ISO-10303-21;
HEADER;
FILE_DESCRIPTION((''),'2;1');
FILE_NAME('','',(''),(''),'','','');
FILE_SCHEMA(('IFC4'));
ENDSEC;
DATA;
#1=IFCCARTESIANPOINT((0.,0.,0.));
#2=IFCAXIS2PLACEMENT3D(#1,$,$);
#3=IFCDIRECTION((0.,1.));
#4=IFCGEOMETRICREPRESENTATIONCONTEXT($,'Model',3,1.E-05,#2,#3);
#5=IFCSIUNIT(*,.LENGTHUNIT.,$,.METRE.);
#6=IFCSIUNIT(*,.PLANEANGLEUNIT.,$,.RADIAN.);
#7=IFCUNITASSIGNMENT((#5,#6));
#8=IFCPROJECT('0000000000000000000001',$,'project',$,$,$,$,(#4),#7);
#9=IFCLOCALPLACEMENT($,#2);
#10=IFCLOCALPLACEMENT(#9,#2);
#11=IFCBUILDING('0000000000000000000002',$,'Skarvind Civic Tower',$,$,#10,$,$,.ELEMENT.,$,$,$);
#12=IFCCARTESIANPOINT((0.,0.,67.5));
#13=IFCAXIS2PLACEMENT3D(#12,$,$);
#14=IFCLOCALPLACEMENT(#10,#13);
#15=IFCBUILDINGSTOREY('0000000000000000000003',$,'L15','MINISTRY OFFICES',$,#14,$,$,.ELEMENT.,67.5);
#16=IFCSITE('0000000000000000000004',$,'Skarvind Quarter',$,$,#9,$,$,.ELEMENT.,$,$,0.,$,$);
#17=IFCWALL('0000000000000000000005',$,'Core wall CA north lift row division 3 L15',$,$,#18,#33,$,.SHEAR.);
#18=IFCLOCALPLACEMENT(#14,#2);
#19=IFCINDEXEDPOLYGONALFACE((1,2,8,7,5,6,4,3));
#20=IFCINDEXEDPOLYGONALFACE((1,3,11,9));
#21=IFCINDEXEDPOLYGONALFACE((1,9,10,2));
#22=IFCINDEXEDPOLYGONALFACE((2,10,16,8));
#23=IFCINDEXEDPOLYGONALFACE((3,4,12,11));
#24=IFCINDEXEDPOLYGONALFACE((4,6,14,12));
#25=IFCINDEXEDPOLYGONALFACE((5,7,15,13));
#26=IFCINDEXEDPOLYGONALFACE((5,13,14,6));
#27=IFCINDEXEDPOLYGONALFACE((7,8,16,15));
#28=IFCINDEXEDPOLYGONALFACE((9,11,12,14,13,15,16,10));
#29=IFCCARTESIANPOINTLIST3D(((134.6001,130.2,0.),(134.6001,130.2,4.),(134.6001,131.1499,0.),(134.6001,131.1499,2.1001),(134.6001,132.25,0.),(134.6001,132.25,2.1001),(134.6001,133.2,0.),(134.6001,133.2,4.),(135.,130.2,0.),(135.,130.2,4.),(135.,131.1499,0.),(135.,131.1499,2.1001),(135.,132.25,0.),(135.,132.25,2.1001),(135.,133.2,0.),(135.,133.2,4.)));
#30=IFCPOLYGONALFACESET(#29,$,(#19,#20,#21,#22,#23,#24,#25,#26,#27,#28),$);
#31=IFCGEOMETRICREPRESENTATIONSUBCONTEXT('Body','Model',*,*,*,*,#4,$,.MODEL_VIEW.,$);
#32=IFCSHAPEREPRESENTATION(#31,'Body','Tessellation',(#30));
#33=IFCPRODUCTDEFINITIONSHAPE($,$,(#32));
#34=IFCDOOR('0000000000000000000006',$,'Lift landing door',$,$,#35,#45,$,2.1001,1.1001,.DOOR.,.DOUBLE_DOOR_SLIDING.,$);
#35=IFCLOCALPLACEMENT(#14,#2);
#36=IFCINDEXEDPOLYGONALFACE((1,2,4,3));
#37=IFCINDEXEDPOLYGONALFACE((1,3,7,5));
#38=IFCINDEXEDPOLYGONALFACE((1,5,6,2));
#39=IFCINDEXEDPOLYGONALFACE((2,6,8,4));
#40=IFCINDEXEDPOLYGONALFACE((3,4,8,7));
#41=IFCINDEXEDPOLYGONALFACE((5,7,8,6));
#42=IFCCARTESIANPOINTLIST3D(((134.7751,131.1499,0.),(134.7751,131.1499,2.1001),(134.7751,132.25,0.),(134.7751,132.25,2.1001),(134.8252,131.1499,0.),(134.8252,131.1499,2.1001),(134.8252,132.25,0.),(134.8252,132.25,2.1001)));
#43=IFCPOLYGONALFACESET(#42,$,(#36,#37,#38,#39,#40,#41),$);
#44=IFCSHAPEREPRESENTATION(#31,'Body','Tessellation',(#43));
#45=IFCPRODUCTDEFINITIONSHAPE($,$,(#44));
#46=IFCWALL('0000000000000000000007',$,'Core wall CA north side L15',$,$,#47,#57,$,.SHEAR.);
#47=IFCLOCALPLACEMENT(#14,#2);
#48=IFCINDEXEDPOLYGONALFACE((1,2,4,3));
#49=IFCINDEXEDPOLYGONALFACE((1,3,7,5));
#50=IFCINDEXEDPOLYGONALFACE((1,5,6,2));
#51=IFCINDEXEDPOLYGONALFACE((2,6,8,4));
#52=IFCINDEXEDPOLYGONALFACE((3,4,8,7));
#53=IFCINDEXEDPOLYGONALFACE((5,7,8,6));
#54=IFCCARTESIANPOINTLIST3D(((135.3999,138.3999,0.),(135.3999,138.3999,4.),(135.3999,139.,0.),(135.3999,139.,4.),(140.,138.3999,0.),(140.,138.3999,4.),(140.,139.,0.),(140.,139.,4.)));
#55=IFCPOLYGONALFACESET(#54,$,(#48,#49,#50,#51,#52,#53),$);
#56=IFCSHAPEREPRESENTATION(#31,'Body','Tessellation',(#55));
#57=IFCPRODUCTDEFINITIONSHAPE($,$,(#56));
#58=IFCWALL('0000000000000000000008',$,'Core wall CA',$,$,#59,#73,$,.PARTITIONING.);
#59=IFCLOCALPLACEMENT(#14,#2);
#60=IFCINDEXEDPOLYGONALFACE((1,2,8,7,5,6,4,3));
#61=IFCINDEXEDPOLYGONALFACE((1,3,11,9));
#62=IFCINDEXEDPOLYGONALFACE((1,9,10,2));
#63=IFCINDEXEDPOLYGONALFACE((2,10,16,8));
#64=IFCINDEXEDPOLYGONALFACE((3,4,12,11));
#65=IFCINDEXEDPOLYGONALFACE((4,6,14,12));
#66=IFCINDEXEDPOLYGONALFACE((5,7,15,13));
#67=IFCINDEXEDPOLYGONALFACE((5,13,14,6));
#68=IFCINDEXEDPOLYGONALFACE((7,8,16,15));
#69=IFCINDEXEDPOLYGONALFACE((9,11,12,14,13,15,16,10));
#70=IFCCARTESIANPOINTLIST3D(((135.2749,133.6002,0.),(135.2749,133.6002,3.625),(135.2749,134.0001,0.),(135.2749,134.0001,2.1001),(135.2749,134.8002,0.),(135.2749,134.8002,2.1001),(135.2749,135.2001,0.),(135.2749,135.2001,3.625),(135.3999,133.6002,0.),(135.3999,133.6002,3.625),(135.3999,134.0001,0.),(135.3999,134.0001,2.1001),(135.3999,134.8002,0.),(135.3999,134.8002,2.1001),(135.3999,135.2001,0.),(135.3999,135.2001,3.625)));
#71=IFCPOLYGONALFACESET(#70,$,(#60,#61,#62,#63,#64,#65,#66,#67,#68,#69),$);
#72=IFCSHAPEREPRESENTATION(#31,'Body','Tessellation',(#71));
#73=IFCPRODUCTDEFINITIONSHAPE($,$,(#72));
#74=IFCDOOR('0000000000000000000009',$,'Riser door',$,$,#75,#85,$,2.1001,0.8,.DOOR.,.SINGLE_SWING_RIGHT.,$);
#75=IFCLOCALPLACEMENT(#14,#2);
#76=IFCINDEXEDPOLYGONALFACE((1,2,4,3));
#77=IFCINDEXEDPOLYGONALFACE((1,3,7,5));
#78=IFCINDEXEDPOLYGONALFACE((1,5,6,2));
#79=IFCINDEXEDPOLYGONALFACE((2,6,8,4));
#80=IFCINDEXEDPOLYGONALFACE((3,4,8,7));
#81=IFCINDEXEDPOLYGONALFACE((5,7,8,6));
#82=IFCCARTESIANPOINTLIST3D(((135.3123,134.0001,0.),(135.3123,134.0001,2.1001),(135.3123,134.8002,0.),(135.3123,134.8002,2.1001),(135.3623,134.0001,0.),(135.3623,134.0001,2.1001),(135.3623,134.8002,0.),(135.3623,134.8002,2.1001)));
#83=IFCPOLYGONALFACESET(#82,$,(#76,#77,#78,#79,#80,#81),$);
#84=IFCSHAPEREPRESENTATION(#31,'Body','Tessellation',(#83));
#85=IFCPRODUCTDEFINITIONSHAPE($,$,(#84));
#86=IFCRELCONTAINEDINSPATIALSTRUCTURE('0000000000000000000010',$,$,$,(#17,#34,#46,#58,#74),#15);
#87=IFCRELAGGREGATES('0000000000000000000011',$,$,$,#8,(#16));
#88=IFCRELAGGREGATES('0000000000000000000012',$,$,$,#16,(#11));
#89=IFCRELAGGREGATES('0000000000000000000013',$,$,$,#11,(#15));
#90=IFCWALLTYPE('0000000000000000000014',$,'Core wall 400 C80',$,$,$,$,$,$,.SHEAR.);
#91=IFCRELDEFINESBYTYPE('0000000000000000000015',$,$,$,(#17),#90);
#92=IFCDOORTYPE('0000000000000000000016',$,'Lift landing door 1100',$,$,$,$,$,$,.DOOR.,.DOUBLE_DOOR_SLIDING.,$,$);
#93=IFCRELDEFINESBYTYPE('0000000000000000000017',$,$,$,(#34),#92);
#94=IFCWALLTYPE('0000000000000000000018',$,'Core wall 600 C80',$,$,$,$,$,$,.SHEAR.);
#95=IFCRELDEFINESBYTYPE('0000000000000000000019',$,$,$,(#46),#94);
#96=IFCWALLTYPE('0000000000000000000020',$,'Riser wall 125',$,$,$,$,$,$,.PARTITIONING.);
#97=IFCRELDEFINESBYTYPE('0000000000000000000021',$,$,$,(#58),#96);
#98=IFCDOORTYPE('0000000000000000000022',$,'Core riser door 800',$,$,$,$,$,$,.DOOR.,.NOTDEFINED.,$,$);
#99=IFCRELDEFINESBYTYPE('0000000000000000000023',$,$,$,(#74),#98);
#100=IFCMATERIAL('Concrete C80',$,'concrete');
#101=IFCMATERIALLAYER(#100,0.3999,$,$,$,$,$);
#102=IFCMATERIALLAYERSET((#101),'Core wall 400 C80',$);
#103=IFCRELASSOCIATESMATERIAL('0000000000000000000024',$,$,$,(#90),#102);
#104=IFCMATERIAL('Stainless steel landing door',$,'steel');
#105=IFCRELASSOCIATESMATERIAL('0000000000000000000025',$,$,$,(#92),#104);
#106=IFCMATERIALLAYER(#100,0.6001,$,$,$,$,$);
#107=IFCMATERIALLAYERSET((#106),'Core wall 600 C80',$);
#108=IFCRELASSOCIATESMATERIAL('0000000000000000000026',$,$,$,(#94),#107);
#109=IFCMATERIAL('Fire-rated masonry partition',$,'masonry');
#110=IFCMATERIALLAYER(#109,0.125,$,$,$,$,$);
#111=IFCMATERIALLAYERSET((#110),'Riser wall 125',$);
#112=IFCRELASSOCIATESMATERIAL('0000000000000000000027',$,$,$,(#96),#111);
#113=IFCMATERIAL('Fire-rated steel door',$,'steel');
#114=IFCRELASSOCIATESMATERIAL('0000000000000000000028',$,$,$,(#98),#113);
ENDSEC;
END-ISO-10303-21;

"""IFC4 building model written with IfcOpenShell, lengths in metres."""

from ifc_helpers import new_model, si_unit, direction, frame, frame_2d, origin, place, context, subcontext, project, spatial, rectangle, extrude, material, layer, layer_set, type_object, element, fill, save


model = new_model("IFC4")

# Units and contexts
model_context = context("Model", 3, precision=1e-05, world=origin(), true_north=direction((0.0, 1.0)))
body_context = subcontext(model_context, "Body", "Model", "MODEL_VIEW")
ifc_project = project(units=[si_unit("LENGTHUNIT", "METRE"), si_unit("PLANEANGLEUNIT", "RADIAN")], contexts=[model_context])

# Site, building, storey
site_placement = place(None, origin())
site = spatial("IfcSite", under=ifc_project, at=site_placement, Name="Skarvind Quarter", CompositionType="ELEMENT", RefElevation=0.0)
building_placement = place(site_placement, origin())
building = spatial("IfcBuilding", under=site, at=building_placement, Name="Skarvind Civic Tower", CompositionType="ELEMENT")
storey_placement = place(building_placement, frame((0.0, 0.0, 67.5)))
storey = spatial("IfcBuildingStorey", under=building, at=storey_placement, Name="L15", Description="MINISTRY OFFICES", CompositionType="ELEMENT", Elevation=67.5)

# Shared definitions
ifc_material_1 = material(Name="Fire-rated masonry partition", Category="masonry")
ifc_material_2 = material(Name="Fire-rated steel door", Category="steel")
ifc_material_3 = material(Name="Concrete C80", Category="concrete")
ifc_layer_1 = layer(ifc_material_3, 0.3999)
ifc_layer_set_1 = layer_set([ifc_layer_1], Name="Core wall 400 C80")
wall_type_1 = type_object("IfcWallType", Name="Core wall 400 C80", PredefinedType="SHEAR", material=ifc_layer_set_1)

# Wall, opening, door
wall_1_placement = place(storey_placement, frame((134.8, 130.2, 0.0), z_axis=(0.0, 0.0, 1.0), x_axis=(0.0, 1.0, 0.0)))
wall_1 = element("IfcWall", 1, at=wall_1_placement, inside=storey, type_object=wall_type_1, Name="Core wall CA north lift row division 3 L15", PredefinedType="SHEAR", context=body_context, shape_type="SweptSolid", body=[
    extrude(rectangle(XDim=3.0, YDim=0.3999, at=frame_2d((1.5, 0.0))), origin(), (0.0, 0.0, 1.0), 4.0),
])
opening_1_placement = place(wall_1_placement, frame((0.95, 0.0, 0.0)))
opening_1 = element("IfcOpeningElement", 2, at=opening_1_placement, cuts=wall_1, PredefinedType="OPENING", context=body_context, shape_type="SweptSolid", body=[
    extrude(rectangle(XDim=1.1001, YDim=2.1001, at=frame_2d((0.55, 1.05))), frame((0.0, 0.21, 0.0), z_axis=(0.0, -1.0, 0.0), x_axis=(1.0, 0.0, 0.0)), (0.0, 0.0, 1.0), 0.4199),
])
ifc_material_4 = material(Name="Stainless steel landing door", Category="steel")
door_type_1 = type_object("IfcDoorType", Name="Lift landing door 1100", OperationType="DOUBLE_DOOR_SLIDING", PredefinedType="DOOR", material=ifc_material_4)
door_1_placement = place(opening_1_placement, origin())
door_1 = element("IfcDoor", 3, at=door_1_placement, inside=storey, type_object=door_type_1, Name="Lift landing door", OperationType="DOUBLE_DOOR_SLIDING", OverallHeight=2.1001, OverallWidth=1.1001, PredefinedType="DOOR", context=body_context, shape_type="SweptSolid", body=[
    extrude(rectangle(XDim=1.1001, YDim=2.1001, at=frame_2d((0.55, 1.05))), frame((0.0, 0.0249, 0.0), z_axis=(0.0, -1.0, 0.0), x_axis=(1.0, 0.0, 0.0)), (0.0, 0.0, 1.0), 0.05),
])
fill(opening_1, door_1)

# Wall
ifc_layer_2 = layer(ifc_material_3, 0.6001)
ifc_layer_set_2 = layer_set([ifc_layer_2], Name="Core wall 600 C80")
wall_type_2 = type_object("IfcWallType", Name="Core wall 600 C80", PredefinedType="SHEAR", material=ifc_layer_set_2)
wall_2_placement = place(storey_placement, frame((135.3999, 138.7, 0.0), z_axis=(0.0, 0.0, 1.0), x_axis=(1.0, 0.0, 0.0)))
element("IfcWall", 4, at=wall_2_placement, inside=storey, type_object=wall_type_2, Name="Core wall CA north side L15", PredefinedType="SHEAR", context=body_context, shape_type="SweptSolid", body=[
    extrude(rectangle(XDim=4.6001, YDim=0.6001, at=frame_2d((2.3, 0.0))), origin(), (0.0, 0.0, 1.0), 4.0),
])

# Wall, opening, door
ifc_layer_3 = layer(ifc_material_1, 0.125)
ifc_layer_set_3 = layer_set([ifc_layer_3], Name="Riser wall 125")
wall_type_3 = type_object("IfcWallType", Name="Riser wall 125", PredefinedType="PARTITIONING", material=ifc_layer_set_3)
wall_3_placement = place(storey_placement, frame((135.3374, 135.2, 0.0), z_axis=(0.0, 0.0, 1.0), x_axis=(0.0, -1.0, 0.0)))
wall_3 = element("IfcWall", 5, at=wall_3_placement, inside=storey, type_object=wall_type_3, Name="Core wall CA", PredefinedType="PARTITIONING", context=body_context, shape_type="SweptSolid", body=[
    extrude(rectangle(XDim=1.5999, YDim=0.125, at=frame_2d((0.7998, 0.0))), origin(), (0.0, 0.0, 1.0), 3.625),
])
opening_2_placement = place(wall_3_placement, frame((0.3999, 0.0, 0.0)))
opening_2 = element("IfcOpeningElement", 6, at=opening_2_placement, cuts=wall_3, PredefinedType="OPENING", context=body_context, shape_type="SweptSolid", body=[
    extrude(rectangle(XDim=0.8, YDim=2.1001, at=frame_2d((0.3999, 1.05))), frame((0.0, 0.0725, 0.0), z_axis=(0.0, -1.0, 0.0), x_axis=(1.0, 0.0, 0.0)), (0.0, 0.0, 1.0), 0.145),
])
door_type_2 = type_object("IfcDoorType", Name="Core riser door 800", OperationType="NOTDEFINED", PredefinedType="DOOR", material=ifc_material_2)
door_2_placement = place(opening_2_placement, origin())
door_2 = element("IfcDoor", 7, at=door_2_placement, inside=storey, type_object=door_type_2, Name="Riser door", OperationType="SINGLE_SWING_RIGHT", OverallHeight=2.1001, OverallWidth=0.8, PredefinedType="DOOR", context=body_context, shape_type="SweptSolid", body=[
    extrude(rectangle(XDim=0.8, YDim=2.1001, at=frame_2d((0.3999, 1.05))), frame((0.0, 0.0249, 0.0), z_axis=(0.0, -1.0, 0.0), x_axis=(1.0, 0.0, 0.0)), (0.0, 0.0, 1.0), 0.05),
])
fill(opening_2, door_2)

save(model, "model.ifc")
